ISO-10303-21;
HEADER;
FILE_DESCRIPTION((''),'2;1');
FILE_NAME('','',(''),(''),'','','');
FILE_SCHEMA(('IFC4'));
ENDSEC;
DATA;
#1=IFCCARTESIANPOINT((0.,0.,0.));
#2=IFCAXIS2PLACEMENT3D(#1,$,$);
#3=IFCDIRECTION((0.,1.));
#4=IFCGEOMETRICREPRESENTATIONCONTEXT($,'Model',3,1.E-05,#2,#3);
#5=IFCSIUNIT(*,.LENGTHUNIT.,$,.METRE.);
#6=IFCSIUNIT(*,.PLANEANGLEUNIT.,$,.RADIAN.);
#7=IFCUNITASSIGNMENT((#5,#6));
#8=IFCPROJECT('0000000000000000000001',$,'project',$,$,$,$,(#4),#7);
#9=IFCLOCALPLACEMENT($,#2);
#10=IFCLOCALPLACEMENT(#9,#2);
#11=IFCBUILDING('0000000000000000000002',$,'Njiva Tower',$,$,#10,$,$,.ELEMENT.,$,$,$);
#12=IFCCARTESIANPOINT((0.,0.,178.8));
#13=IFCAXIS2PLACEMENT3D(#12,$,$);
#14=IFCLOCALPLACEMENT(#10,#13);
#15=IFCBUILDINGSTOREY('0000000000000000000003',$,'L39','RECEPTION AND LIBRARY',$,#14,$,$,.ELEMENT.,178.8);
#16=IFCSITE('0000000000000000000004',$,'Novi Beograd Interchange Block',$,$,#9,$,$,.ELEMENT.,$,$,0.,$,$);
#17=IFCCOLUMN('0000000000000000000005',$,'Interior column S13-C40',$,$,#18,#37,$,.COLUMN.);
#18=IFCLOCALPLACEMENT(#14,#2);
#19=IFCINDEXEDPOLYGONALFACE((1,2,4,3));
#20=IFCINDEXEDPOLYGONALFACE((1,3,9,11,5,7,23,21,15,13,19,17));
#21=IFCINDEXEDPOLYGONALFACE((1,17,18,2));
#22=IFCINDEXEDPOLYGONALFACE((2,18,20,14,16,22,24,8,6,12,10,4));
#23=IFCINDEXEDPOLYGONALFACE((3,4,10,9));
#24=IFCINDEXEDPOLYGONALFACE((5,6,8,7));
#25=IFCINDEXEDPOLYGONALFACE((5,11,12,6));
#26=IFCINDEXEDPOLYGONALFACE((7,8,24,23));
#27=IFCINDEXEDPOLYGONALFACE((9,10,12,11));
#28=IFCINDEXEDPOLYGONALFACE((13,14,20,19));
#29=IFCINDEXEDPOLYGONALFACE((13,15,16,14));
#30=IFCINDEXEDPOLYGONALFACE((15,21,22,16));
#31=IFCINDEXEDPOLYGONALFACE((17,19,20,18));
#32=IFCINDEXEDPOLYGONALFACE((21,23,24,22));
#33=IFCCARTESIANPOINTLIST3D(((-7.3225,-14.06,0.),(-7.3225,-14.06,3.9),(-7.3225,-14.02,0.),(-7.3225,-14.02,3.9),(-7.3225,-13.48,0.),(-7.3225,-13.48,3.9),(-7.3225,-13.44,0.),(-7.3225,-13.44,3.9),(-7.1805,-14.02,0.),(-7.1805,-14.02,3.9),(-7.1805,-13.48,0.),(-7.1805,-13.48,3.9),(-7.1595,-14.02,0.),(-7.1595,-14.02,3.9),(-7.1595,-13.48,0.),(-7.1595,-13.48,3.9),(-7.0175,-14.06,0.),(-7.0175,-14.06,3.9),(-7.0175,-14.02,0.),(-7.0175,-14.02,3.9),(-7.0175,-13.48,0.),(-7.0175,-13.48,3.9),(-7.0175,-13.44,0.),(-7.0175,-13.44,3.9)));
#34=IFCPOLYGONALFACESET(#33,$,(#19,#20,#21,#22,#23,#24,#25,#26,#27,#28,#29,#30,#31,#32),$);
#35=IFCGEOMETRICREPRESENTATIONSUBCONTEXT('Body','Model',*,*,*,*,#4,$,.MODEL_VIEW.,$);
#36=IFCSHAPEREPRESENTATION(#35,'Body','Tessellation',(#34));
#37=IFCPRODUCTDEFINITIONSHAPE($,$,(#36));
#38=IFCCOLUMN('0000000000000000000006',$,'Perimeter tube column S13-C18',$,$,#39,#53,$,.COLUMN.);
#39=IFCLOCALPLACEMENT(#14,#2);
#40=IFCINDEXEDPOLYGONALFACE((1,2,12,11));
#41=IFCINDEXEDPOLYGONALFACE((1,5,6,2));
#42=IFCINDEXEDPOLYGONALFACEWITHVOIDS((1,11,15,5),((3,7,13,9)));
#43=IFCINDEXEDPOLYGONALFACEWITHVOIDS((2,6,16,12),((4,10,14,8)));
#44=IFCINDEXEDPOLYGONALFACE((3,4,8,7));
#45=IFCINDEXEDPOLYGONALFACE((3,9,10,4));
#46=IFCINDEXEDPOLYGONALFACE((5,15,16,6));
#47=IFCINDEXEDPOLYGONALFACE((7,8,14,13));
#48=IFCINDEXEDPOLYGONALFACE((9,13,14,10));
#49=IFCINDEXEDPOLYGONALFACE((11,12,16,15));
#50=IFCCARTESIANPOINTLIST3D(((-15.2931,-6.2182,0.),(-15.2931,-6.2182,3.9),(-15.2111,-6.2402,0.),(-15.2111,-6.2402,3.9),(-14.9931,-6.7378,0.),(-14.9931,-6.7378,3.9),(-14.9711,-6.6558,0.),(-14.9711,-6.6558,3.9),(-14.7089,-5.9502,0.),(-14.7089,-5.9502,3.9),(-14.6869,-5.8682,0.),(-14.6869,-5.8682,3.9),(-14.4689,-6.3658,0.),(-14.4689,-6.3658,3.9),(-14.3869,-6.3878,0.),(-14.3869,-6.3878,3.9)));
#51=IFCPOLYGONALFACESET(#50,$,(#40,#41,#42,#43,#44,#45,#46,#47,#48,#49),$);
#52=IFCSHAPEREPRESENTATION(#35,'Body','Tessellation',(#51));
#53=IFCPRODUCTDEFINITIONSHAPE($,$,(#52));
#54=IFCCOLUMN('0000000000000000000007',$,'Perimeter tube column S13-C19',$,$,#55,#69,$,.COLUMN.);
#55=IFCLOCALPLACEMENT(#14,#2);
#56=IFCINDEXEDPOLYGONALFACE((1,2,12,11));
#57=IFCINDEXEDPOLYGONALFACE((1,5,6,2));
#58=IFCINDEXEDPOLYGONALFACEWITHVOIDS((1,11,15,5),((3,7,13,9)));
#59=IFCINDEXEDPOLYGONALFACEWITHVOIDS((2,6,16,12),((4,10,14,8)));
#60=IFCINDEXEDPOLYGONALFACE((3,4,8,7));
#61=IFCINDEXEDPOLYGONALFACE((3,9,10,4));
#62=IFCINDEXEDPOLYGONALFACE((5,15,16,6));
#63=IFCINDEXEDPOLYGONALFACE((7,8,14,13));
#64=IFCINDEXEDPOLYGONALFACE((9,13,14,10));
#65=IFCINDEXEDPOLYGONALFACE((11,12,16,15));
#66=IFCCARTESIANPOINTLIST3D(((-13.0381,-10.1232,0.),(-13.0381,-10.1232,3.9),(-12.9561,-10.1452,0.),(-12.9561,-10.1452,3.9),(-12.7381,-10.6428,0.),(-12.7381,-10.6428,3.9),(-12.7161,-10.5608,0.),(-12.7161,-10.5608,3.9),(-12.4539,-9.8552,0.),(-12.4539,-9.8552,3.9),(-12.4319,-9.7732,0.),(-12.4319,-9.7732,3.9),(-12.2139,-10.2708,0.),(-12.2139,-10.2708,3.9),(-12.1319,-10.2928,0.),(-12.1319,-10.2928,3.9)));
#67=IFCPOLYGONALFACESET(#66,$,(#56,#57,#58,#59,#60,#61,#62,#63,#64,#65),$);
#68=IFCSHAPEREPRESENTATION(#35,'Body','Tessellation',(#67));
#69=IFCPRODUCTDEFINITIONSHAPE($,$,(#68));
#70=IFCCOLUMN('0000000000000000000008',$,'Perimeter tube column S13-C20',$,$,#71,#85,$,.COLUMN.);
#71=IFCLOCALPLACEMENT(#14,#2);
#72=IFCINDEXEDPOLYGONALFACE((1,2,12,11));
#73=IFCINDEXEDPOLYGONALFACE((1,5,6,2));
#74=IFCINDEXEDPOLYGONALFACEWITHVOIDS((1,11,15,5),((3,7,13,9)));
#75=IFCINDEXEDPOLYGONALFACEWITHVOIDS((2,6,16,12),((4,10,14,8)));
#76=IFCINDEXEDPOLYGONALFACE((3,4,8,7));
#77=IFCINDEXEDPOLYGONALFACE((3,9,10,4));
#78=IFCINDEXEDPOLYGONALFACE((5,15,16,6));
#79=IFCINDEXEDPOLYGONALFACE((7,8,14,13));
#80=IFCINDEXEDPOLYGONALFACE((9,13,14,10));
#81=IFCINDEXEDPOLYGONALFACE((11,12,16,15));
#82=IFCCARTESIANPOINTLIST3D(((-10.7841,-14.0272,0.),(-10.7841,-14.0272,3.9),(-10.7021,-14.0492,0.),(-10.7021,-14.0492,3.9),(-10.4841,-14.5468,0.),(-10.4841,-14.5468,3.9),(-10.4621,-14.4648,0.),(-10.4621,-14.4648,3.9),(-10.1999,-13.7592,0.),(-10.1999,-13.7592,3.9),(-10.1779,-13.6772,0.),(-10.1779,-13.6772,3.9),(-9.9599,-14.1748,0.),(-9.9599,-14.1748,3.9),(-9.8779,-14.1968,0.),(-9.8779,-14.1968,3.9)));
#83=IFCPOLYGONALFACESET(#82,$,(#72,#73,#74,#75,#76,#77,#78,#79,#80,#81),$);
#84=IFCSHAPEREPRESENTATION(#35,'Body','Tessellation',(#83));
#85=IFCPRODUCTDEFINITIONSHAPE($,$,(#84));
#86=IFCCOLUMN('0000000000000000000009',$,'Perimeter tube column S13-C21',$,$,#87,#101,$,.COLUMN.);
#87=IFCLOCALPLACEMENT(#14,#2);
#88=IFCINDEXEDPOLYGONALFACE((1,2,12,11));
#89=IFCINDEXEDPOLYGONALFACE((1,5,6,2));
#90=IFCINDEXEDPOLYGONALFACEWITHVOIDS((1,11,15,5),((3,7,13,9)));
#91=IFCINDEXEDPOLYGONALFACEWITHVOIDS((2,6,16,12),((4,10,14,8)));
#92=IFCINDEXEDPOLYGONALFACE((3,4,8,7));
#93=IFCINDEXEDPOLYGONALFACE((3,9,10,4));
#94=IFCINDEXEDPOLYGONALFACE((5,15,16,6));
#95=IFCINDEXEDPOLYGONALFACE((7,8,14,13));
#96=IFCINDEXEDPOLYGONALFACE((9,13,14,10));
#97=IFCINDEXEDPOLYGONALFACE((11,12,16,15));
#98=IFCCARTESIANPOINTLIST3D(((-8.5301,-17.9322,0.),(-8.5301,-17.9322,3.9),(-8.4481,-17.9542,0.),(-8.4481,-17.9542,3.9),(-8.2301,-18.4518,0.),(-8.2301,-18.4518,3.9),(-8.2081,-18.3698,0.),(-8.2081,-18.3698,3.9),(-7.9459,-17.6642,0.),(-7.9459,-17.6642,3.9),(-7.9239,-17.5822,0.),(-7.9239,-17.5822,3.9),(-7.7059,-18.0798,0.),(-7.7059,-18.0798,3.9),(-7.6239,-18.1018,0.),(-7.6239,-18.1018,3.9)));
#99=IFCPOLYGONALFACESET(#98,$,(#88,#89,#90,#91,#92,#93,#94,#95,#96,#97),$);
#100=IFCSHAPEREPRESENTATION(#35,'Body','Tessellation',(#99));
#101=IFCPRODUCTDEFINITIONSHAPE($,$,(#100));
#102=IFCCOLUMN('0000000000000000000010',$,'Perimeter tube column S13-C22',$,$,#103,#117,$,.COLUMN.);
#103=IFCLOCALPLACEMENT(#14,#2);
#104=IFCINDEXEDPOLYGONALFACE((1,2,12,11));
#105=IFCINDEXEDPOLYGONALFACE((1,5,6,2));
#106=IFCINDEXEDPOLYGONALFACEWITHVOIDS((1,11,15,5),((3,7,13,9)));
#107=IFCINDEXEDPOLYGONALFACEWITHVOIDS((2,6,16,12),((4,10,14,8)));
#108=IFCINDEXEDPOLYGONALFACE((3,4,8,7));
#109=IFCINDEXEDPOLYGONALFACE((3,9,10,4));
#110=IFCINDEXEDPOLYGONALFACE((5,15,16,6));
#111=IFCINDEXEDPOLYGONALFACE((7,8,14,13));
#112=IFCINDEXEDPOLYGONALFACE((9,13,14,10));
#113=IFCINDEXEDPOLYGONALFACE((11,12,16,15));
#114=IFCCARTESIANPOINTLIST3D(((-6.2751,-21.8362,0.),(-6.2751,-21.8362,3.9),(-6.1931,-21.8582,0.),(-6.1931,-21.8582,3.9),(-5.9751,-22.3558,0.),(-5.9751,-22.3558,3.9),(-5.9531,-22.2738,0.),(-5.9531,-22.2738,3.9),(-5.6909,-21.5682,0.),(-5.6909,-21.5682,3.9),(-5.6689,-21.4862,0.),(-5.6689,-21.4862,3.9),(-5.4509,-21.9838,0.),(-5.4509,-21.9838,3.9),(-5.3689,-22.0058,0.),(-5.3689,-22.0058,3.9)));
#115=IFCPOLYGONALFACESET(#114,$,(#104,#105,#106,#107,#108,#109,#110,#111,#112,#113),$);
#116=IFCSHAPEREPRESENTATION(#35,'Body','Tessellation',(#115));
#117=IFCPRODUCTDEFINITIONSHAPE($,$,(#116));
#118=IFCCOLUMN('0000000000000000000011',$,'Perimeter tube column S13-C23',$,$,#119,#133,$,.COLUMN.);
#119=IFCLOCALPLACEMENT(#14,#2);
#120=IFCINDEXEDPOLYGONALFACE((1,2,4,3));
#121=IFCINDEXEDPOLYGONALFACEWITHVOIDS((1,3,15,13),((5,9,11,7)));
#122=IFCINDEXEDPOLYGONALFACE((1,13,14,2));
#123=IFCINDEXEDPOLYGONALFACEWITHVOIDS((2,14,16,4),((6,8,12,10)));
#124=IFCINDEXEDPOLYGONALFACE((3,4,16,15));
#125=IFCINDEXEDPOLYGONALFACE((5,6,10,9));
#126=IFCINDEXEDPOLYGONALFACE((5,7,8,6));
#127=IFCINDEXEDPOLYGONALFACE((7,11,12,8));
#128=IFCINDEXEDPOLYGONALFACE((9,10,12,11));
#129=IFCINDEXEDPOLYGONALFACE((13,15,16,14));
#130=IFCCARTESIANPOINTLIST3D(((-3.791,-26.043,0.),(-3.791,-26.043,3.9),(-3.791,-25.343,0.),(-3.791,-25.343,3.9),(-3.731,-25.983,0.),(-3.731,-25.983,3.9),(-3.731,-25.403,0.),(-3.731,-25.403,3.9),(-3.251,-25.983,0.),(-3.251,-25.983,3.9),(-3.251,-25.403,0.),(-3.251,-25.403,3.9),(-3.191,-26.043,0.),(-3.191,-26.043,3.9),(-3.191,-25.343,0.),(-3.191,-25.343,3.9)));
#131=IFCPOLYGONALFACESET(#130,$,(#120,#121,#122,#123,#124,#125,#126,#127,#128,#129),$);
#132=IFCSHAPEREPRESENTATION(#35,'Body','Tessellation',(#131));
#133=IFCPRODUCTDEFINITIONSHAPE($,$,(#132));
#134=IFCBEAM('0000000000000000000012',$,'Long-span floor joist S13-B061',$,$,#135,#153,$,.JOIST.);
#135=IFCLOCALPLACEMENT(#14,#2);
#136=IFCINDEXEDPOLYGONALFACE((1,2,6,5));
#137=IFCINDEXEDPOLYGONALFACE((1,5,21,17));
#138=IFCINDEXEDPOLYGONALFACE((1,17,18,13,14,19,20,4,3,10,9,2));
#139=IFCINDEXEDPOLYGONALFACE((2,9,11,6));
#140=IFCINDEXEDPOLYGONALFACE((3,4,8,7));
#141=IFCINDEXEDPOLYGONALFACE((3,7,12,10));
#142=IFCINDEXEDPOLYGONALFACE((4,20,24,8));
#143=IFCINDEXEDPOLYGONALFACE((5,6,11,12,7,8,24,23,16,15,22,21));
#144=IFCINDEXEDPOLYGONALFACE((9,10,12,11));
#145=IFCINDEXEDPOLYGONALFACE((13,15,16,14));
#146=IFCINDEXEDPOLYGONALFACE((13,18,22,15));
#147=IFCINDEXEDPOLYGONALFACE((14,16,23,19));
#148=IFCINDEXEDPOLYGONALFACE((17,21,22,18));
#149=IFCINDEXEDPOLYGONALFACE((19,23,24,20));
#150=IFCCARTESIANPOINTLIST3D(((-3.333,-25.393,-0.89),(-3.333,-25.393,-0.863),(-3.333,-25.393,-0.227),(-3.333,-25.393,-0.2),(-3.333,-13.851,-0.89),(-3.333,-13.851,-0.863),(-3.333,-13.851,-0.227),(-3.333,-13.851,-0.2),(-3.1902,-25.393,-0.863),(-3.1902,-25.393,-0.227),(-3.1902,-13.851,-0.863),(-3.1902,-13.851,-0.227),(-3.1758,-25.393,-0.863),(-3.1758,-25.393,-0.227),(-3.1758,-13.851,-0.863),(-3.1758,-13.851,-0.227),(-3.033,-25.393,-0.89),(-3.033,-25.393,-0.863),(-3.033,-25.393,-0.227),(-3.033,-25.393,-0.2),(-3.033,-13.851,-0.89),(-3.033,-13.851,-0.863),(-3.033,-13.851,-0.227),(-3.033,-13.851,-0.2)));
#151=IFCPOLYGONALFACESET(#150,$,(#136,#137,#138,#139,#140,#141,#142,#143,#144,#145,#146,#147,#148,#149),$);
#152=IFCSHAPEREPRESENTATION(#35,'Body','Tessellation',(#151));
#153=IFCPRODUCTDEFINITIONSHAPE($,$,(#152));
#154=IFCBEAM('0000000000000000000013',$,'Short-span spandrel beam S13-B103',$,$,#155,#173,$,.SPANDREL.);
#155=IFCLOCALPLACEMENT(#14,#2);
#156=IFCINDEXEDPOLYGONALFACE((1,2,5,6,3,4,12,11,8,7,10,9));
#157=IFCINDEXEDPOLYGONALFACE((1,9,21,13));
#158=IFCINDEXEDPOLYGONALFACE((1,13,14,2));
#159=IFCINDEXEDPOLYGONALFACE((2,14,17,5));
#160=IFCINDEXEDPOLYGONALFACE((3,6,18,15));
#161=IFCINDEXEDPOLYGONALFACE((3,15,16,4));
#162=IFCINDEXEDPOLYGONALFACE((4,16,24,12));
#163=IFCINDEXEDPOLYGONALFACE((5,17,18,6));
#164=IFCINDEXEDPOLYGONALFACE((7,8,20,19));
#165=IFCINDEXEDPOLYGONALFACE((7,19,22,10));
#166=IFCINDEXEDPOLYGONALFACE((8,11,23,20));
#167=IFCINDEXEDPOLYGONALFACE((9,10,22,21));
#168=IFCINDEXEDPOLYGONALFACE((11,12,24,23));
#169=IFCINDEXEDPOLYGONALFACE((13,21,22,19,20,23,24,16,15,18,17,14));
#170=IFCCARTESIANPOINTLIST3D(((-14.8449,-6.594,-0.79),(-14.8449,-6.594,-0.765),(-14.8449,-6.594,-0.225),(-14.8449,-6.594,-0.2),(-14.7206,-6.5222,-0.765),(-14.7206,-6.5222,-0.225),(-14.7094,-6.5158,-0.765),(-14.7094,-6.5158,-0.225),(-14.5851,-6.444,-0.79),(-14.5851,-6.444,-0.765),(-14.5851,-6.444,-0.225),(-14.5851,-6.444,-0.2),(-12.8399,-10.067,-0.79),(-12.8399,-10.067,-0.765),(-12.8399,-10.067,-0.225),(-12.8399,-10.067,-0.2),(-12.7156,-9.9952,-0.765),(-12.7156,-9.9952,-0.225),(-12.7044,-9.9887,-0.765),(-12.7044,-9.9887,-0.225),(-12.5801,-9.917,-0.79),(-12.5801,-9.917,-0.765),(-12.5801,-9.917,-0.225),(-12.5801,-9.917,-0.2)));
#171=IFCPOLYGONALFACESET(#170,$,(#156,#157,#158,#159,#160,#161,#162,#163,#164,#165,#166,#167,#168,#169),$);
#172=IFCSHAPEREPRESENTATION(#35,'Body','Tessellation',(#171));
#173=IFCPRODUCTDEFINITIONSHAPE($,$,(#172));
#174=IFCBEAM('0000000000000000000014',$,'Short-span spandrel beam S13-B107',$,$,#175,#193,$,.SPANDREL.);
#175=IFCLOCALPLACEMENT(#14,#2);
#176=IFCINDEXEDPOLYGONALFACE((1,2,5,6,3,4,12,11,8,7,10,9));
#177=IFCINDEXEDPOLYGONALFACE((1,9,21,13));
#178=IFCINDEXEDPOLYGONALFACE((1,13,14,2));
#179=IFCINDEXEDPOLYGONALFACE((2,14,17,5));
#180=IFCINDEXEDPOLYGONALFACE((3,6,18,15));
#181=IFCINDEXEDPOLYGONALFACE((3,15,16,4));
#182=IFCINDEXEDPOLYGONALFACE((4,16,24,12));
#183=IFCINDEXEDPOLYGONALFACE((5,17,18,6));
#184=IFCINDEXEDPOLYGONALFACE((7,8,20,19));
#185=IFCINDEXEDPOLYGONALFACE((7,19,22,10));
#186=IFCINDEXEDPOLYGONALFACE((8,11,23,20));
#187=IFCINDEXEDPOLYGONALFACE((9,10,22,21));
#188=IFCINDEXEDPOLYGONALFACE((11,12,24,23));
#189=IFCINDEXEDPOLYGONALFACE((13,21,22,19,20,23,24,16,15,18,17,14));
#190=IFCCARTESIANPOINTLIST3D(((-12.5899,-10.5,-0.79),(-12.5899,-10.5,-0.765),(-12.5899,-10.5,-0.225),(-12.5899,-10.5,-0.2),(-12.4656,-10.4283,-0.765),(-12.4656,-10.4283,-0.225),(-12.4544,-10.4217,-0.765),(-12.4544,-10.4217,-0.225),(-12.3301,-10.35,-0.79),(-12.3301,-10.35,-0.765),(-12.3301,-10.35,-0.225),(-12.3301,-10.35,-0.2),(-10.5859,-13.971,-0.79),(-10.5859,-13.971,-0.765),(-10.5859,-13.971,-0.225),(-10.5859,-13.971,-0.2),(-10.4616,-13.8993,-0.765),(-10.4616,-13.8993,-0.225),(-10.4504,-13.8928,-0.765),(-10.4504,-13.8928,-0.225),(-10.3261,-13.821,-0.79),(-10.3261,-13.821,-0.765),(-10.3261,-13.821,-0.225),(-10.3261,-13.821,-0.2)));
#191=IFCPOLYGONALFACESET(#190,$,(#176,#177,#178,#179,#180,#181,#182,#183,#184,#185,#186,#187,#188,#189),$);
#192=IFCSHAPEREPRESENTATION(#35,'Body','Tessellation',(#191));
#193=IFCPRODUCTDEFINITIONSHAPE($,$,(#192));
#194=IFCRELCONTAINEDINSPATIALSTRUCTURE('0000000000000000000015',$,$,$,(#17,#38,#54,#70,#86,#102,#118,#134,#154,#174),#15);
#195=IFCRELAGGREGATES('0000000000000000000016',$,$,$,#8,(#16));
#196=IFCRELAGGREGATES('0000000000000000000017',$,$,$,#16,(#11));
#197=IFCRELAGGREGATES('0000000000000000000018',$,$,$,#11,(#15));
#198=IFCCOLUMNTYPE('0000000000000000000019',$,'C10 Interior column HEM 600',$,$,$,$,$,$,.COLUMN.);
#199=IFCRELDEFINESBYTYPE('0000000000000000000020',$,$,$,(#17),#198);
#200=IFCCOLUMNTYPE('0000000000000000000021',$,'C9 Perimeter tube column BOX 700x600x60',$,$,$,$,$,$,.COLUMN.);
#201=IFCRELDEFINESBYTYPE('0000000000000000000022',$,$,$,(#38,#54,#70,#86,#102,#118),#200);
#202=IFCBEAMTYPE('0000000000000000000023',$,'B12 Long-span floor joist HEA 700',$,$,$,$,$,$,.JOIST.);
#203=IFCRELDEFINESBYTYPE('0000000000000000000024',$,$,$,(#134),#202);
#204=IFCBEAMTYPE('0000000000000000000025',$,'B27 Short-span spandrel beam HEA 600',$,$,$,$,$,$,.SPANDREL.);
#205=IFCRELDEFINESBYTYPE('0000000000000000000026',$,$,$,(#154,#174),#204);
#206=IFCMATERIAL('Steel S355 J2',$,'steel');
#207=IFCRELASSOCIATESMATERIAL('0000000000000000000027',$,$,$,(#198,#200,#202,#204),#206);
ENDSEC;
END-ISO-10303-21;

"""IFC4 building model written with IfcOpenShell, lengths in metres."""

from ifc_helpers import new_model, si_unit, direction, frame, origin, origin_2d, place, context, subcontext, project, spatial, hollow_rectangle, i_section, extrude, material, material_profile, profile_set, type_object, element, save


model = new_model("IFC4")

# Units and contexts
model_context = context("Model", 3, precision=1e-05, world=origin(), true_north=direction((0.0, 1.0)))
body_context = subcontext(model_context, "Body", "Model", "MODEL_VIEW")
ifc_project = project(units=[si_unit("LENGTHUNIT", "METRE"), si_unit("PLANEANGLEUNIT", "RADIAN")], contexts=[model_context])

# Site, building, storey
site_placement = place(None, origin())
site = spatial("IfcSite", under=ifc_project, at=site_placement, Name="Novi Beograd Interchange Block", CompositionType="ELEMENT", RefElevation=0.0)
building_placement = place(site_placement, origin())
building = spatial("IfcBuilding", under=site, at=building_placement, Name="Njiva Tower", CompositionType="ELEMENT")
storey_placement = place(building_placement, frame((0.0, 0.0, 178.8)))
storey = spatial("IfcBuildingStorey", under=building, at=storey_placement, Name="L39", Description="RECEPTION AND LIBRARY", CompositionType="ELEMENT", Elevation=178.8)

# Columns
ifc_material_1 = material(Name="Steel S355 J2", Category="steel")
ifc_material_profile_1 = material_profile(ifc_material_1, i_section(OverallWidth=0.305, OverallDepth=0.62, WebThickness=0.021, FlangeThickness=0.04, at=origin_2d()), Name="HEM 600")
ifc_profile_set_1 = profile_set([ifc_material_profile_1], Name="Steel S355 J2")
column_type_1 = type_object("IfcColumnType", Name="C10 Interior column HEM 600", PredefinedType="COLUMN", material=ifc_profile_set_1)
column_placement = place(storey_placement, frame((-7.17, -13.75, 0.0), z_axis=(0.0, 0.0, 1.0), x_axis=(1.0, 0.0, 0.0)))
element("IfcColumn", 1, at=column_placement, inside=storey, type_object=column_type_1, Name="Interior column S13-C40", PredefinedType="COLUMN", context=body_context, shape_type="SweptSolid", body=[
    extrude(i_section(OverallWidth=0.305, OverallDepth=0.62, WebThickness=0.021, FlangeThickness=0.04, at=origin_2d()), origin(), (0.0, 0.0, 1.0), 3.9),
])
ifc_material_profile_2 = material_profile(ifc_material_1, hollow_rectangle(XDim=0.6, YDim=0.7, WallThickness=0.06, at=origin_2d()), Name="BOX 700x600x60")
ifc_profile_set_2 = profile_set([ifc_material_profile_2], Name="Steel S355 J2")
column_type_2 = type_object("IfcColumnType", Name="C9 Perimeter tube column BOX 700x600x60", PredefinedType="COLUMN", material=ifc_profile_set_2)
for number, where, z_axis, x_axis, name in (
    (2, (-14.84, -6.303, 0.0), (0.0, 0.0, 1.0), (0.5, -0.866025, 0.0), "Perimeter tube column S13-C18"),
    (3, (-12.585, -10.208, 0.0), (0.0, 0.0, 1.0), (0.5, -0.866025, 0.0), "Perimeter tube column S13-C19"),
    (4, (-10.331, -14.112, 0.0), (0.0, 0.0, 1.0), (0.5, -0.866025, 0.0), "Perimeter tube column S13-C20"),
    (5, (-8.077, -18.017, 0.0), (0.0, 0.0, 1.0), (0.5, -0.866025, 0.0), "Perimeter tube column S13-C21"),
    (6, (-5.822, -21.921, 0.0), (0.0, 0.0, 1.0), (0.5, -0.866025, 0.0), "Perimeter tube column S13-C22"),
    (7, (-3.491, -25.693, 0.0), (0.0, 0.0, 1.0), (1.0, 0.0, 0.0), "Perimeter tube column S13-C23"),
):
    element("IfcColumn", number, at=place(storey_placement, frame(where, z_axis=z_axis, x_axis=x_axis)), inside=storey, type_object=column_type_2, Name=name, PredefinedType="COLUMN", context=body_context, shape_type="SweptSolid", body=[
        extrude(hollow_rectangle(XDim=0.6, YDim=0.7, WallThickness=0.06, at=origin_2d()), origin(), (0.0, 0.0, 1.0), 3.9),
    ])

# Beams
ifc_material_profile_3 = material_profile(ifc_material_1, i_section(OverallWidth=0.3, OverallDepth=0.69, WebThickness=0.0145, FlangeThickness=0.027, at=origin_2d()), Name="HEA 700")
ifc_profile_set_3 = profile_set([ifc_material_profile_3], Name="Steel S355 J2")
beam_type_1 = type_object("IfcBeamType", Name="B12 Long-span floor joist HEA 700", PredefinedType="JOIST", material=ifc_profile_set_3)
beam_1_placement = place(storey_placement, frame((-3.183, -13.851, -0.545), z_axis=(0.0, -1.0, 0.0), x_axis=(1.0, 0.0, 0.0)))
element("IfcBeam", 8, at=beam_1_placement, inside=storey, type_object=beam_type_1, Name="Long-span floor joist S13-B061", PredefinedType="JOIST", context=body_context, shape_type="SweptSolid", body=[
    extrude(i_section(OverallWidth=0.3, OverallDepth=0.69, WebThickness=0.0145, FlangeThickness=0.027, at=origin_2d()), origin(), (0.0, 0.0, 1.0), 11.542),
])
ifc_material_profile_4 = material_profile(ifc_material_1, i_section(OverallWidth=0.3, OverallDepth=0.59, WebThickness=0.013, FlangeThickness=0.025, at=origin_2d()), Name="HEA 600")
ifc_profile_set_4 = profile_set([ifc_material_profile_4], Name="Steel S355 J2")
beam_type_2 = type_object("IfcBeamType", Name="B27 Short-span spandrel beam HEA 600", PredefinedType="SPANDREL", material=ifc_profile_set_4)
beam_2_placement = place(storey_placement, frame((-14.715, -6.519, -0.495), z_axis=(0.499974, -0.86604, 0.0), x_axis=(0.86604, 0.499974, 0.0)))
element("IfcBeam", 9, at=beam_2_placement, inside=storey, type_object=beam_type_2, Name="Short-span spandrel beam S13-B103", PredefinedType="SPANDREL", context=body_context, shape_type="SweptSolid", body=[
    extrude(i_section(OverallWidth=0.3, OverallDepth=0.59, WebThickness=0.013, FlangeThickness=0.025, at=origin_2d()), origin(), (0.0, 0.0, 1.0), 4.0102),
])
for number, where, z_axis, x_axis, name in (
    (10, (-12.46, -10.425, -0.495), (0.500003, -0.866024, 0.0), (0.866024, 0.500003, 0.0), "Short-span spandrel beam S13-B107"),
):
    element("IfcBeam", number, at=place(storey_placement, frame(where, z_axis=z_axis, x_axis=x_axis)), inside=storey, type_object=beam_type_2, Name=name, PredefinedType="SPANDREL", context=body_context, shape_type="SweptSolid", body=[
        extrude(i_section(OverallWidth=0.3, OverallDepth=0.59, WebThickness=0.013, FlangeThickness=0.025, at=origin_2d()), origin(), (0.0, 0.0, 1.0), 4.008),
    ])

save(model, "model.ifc")
